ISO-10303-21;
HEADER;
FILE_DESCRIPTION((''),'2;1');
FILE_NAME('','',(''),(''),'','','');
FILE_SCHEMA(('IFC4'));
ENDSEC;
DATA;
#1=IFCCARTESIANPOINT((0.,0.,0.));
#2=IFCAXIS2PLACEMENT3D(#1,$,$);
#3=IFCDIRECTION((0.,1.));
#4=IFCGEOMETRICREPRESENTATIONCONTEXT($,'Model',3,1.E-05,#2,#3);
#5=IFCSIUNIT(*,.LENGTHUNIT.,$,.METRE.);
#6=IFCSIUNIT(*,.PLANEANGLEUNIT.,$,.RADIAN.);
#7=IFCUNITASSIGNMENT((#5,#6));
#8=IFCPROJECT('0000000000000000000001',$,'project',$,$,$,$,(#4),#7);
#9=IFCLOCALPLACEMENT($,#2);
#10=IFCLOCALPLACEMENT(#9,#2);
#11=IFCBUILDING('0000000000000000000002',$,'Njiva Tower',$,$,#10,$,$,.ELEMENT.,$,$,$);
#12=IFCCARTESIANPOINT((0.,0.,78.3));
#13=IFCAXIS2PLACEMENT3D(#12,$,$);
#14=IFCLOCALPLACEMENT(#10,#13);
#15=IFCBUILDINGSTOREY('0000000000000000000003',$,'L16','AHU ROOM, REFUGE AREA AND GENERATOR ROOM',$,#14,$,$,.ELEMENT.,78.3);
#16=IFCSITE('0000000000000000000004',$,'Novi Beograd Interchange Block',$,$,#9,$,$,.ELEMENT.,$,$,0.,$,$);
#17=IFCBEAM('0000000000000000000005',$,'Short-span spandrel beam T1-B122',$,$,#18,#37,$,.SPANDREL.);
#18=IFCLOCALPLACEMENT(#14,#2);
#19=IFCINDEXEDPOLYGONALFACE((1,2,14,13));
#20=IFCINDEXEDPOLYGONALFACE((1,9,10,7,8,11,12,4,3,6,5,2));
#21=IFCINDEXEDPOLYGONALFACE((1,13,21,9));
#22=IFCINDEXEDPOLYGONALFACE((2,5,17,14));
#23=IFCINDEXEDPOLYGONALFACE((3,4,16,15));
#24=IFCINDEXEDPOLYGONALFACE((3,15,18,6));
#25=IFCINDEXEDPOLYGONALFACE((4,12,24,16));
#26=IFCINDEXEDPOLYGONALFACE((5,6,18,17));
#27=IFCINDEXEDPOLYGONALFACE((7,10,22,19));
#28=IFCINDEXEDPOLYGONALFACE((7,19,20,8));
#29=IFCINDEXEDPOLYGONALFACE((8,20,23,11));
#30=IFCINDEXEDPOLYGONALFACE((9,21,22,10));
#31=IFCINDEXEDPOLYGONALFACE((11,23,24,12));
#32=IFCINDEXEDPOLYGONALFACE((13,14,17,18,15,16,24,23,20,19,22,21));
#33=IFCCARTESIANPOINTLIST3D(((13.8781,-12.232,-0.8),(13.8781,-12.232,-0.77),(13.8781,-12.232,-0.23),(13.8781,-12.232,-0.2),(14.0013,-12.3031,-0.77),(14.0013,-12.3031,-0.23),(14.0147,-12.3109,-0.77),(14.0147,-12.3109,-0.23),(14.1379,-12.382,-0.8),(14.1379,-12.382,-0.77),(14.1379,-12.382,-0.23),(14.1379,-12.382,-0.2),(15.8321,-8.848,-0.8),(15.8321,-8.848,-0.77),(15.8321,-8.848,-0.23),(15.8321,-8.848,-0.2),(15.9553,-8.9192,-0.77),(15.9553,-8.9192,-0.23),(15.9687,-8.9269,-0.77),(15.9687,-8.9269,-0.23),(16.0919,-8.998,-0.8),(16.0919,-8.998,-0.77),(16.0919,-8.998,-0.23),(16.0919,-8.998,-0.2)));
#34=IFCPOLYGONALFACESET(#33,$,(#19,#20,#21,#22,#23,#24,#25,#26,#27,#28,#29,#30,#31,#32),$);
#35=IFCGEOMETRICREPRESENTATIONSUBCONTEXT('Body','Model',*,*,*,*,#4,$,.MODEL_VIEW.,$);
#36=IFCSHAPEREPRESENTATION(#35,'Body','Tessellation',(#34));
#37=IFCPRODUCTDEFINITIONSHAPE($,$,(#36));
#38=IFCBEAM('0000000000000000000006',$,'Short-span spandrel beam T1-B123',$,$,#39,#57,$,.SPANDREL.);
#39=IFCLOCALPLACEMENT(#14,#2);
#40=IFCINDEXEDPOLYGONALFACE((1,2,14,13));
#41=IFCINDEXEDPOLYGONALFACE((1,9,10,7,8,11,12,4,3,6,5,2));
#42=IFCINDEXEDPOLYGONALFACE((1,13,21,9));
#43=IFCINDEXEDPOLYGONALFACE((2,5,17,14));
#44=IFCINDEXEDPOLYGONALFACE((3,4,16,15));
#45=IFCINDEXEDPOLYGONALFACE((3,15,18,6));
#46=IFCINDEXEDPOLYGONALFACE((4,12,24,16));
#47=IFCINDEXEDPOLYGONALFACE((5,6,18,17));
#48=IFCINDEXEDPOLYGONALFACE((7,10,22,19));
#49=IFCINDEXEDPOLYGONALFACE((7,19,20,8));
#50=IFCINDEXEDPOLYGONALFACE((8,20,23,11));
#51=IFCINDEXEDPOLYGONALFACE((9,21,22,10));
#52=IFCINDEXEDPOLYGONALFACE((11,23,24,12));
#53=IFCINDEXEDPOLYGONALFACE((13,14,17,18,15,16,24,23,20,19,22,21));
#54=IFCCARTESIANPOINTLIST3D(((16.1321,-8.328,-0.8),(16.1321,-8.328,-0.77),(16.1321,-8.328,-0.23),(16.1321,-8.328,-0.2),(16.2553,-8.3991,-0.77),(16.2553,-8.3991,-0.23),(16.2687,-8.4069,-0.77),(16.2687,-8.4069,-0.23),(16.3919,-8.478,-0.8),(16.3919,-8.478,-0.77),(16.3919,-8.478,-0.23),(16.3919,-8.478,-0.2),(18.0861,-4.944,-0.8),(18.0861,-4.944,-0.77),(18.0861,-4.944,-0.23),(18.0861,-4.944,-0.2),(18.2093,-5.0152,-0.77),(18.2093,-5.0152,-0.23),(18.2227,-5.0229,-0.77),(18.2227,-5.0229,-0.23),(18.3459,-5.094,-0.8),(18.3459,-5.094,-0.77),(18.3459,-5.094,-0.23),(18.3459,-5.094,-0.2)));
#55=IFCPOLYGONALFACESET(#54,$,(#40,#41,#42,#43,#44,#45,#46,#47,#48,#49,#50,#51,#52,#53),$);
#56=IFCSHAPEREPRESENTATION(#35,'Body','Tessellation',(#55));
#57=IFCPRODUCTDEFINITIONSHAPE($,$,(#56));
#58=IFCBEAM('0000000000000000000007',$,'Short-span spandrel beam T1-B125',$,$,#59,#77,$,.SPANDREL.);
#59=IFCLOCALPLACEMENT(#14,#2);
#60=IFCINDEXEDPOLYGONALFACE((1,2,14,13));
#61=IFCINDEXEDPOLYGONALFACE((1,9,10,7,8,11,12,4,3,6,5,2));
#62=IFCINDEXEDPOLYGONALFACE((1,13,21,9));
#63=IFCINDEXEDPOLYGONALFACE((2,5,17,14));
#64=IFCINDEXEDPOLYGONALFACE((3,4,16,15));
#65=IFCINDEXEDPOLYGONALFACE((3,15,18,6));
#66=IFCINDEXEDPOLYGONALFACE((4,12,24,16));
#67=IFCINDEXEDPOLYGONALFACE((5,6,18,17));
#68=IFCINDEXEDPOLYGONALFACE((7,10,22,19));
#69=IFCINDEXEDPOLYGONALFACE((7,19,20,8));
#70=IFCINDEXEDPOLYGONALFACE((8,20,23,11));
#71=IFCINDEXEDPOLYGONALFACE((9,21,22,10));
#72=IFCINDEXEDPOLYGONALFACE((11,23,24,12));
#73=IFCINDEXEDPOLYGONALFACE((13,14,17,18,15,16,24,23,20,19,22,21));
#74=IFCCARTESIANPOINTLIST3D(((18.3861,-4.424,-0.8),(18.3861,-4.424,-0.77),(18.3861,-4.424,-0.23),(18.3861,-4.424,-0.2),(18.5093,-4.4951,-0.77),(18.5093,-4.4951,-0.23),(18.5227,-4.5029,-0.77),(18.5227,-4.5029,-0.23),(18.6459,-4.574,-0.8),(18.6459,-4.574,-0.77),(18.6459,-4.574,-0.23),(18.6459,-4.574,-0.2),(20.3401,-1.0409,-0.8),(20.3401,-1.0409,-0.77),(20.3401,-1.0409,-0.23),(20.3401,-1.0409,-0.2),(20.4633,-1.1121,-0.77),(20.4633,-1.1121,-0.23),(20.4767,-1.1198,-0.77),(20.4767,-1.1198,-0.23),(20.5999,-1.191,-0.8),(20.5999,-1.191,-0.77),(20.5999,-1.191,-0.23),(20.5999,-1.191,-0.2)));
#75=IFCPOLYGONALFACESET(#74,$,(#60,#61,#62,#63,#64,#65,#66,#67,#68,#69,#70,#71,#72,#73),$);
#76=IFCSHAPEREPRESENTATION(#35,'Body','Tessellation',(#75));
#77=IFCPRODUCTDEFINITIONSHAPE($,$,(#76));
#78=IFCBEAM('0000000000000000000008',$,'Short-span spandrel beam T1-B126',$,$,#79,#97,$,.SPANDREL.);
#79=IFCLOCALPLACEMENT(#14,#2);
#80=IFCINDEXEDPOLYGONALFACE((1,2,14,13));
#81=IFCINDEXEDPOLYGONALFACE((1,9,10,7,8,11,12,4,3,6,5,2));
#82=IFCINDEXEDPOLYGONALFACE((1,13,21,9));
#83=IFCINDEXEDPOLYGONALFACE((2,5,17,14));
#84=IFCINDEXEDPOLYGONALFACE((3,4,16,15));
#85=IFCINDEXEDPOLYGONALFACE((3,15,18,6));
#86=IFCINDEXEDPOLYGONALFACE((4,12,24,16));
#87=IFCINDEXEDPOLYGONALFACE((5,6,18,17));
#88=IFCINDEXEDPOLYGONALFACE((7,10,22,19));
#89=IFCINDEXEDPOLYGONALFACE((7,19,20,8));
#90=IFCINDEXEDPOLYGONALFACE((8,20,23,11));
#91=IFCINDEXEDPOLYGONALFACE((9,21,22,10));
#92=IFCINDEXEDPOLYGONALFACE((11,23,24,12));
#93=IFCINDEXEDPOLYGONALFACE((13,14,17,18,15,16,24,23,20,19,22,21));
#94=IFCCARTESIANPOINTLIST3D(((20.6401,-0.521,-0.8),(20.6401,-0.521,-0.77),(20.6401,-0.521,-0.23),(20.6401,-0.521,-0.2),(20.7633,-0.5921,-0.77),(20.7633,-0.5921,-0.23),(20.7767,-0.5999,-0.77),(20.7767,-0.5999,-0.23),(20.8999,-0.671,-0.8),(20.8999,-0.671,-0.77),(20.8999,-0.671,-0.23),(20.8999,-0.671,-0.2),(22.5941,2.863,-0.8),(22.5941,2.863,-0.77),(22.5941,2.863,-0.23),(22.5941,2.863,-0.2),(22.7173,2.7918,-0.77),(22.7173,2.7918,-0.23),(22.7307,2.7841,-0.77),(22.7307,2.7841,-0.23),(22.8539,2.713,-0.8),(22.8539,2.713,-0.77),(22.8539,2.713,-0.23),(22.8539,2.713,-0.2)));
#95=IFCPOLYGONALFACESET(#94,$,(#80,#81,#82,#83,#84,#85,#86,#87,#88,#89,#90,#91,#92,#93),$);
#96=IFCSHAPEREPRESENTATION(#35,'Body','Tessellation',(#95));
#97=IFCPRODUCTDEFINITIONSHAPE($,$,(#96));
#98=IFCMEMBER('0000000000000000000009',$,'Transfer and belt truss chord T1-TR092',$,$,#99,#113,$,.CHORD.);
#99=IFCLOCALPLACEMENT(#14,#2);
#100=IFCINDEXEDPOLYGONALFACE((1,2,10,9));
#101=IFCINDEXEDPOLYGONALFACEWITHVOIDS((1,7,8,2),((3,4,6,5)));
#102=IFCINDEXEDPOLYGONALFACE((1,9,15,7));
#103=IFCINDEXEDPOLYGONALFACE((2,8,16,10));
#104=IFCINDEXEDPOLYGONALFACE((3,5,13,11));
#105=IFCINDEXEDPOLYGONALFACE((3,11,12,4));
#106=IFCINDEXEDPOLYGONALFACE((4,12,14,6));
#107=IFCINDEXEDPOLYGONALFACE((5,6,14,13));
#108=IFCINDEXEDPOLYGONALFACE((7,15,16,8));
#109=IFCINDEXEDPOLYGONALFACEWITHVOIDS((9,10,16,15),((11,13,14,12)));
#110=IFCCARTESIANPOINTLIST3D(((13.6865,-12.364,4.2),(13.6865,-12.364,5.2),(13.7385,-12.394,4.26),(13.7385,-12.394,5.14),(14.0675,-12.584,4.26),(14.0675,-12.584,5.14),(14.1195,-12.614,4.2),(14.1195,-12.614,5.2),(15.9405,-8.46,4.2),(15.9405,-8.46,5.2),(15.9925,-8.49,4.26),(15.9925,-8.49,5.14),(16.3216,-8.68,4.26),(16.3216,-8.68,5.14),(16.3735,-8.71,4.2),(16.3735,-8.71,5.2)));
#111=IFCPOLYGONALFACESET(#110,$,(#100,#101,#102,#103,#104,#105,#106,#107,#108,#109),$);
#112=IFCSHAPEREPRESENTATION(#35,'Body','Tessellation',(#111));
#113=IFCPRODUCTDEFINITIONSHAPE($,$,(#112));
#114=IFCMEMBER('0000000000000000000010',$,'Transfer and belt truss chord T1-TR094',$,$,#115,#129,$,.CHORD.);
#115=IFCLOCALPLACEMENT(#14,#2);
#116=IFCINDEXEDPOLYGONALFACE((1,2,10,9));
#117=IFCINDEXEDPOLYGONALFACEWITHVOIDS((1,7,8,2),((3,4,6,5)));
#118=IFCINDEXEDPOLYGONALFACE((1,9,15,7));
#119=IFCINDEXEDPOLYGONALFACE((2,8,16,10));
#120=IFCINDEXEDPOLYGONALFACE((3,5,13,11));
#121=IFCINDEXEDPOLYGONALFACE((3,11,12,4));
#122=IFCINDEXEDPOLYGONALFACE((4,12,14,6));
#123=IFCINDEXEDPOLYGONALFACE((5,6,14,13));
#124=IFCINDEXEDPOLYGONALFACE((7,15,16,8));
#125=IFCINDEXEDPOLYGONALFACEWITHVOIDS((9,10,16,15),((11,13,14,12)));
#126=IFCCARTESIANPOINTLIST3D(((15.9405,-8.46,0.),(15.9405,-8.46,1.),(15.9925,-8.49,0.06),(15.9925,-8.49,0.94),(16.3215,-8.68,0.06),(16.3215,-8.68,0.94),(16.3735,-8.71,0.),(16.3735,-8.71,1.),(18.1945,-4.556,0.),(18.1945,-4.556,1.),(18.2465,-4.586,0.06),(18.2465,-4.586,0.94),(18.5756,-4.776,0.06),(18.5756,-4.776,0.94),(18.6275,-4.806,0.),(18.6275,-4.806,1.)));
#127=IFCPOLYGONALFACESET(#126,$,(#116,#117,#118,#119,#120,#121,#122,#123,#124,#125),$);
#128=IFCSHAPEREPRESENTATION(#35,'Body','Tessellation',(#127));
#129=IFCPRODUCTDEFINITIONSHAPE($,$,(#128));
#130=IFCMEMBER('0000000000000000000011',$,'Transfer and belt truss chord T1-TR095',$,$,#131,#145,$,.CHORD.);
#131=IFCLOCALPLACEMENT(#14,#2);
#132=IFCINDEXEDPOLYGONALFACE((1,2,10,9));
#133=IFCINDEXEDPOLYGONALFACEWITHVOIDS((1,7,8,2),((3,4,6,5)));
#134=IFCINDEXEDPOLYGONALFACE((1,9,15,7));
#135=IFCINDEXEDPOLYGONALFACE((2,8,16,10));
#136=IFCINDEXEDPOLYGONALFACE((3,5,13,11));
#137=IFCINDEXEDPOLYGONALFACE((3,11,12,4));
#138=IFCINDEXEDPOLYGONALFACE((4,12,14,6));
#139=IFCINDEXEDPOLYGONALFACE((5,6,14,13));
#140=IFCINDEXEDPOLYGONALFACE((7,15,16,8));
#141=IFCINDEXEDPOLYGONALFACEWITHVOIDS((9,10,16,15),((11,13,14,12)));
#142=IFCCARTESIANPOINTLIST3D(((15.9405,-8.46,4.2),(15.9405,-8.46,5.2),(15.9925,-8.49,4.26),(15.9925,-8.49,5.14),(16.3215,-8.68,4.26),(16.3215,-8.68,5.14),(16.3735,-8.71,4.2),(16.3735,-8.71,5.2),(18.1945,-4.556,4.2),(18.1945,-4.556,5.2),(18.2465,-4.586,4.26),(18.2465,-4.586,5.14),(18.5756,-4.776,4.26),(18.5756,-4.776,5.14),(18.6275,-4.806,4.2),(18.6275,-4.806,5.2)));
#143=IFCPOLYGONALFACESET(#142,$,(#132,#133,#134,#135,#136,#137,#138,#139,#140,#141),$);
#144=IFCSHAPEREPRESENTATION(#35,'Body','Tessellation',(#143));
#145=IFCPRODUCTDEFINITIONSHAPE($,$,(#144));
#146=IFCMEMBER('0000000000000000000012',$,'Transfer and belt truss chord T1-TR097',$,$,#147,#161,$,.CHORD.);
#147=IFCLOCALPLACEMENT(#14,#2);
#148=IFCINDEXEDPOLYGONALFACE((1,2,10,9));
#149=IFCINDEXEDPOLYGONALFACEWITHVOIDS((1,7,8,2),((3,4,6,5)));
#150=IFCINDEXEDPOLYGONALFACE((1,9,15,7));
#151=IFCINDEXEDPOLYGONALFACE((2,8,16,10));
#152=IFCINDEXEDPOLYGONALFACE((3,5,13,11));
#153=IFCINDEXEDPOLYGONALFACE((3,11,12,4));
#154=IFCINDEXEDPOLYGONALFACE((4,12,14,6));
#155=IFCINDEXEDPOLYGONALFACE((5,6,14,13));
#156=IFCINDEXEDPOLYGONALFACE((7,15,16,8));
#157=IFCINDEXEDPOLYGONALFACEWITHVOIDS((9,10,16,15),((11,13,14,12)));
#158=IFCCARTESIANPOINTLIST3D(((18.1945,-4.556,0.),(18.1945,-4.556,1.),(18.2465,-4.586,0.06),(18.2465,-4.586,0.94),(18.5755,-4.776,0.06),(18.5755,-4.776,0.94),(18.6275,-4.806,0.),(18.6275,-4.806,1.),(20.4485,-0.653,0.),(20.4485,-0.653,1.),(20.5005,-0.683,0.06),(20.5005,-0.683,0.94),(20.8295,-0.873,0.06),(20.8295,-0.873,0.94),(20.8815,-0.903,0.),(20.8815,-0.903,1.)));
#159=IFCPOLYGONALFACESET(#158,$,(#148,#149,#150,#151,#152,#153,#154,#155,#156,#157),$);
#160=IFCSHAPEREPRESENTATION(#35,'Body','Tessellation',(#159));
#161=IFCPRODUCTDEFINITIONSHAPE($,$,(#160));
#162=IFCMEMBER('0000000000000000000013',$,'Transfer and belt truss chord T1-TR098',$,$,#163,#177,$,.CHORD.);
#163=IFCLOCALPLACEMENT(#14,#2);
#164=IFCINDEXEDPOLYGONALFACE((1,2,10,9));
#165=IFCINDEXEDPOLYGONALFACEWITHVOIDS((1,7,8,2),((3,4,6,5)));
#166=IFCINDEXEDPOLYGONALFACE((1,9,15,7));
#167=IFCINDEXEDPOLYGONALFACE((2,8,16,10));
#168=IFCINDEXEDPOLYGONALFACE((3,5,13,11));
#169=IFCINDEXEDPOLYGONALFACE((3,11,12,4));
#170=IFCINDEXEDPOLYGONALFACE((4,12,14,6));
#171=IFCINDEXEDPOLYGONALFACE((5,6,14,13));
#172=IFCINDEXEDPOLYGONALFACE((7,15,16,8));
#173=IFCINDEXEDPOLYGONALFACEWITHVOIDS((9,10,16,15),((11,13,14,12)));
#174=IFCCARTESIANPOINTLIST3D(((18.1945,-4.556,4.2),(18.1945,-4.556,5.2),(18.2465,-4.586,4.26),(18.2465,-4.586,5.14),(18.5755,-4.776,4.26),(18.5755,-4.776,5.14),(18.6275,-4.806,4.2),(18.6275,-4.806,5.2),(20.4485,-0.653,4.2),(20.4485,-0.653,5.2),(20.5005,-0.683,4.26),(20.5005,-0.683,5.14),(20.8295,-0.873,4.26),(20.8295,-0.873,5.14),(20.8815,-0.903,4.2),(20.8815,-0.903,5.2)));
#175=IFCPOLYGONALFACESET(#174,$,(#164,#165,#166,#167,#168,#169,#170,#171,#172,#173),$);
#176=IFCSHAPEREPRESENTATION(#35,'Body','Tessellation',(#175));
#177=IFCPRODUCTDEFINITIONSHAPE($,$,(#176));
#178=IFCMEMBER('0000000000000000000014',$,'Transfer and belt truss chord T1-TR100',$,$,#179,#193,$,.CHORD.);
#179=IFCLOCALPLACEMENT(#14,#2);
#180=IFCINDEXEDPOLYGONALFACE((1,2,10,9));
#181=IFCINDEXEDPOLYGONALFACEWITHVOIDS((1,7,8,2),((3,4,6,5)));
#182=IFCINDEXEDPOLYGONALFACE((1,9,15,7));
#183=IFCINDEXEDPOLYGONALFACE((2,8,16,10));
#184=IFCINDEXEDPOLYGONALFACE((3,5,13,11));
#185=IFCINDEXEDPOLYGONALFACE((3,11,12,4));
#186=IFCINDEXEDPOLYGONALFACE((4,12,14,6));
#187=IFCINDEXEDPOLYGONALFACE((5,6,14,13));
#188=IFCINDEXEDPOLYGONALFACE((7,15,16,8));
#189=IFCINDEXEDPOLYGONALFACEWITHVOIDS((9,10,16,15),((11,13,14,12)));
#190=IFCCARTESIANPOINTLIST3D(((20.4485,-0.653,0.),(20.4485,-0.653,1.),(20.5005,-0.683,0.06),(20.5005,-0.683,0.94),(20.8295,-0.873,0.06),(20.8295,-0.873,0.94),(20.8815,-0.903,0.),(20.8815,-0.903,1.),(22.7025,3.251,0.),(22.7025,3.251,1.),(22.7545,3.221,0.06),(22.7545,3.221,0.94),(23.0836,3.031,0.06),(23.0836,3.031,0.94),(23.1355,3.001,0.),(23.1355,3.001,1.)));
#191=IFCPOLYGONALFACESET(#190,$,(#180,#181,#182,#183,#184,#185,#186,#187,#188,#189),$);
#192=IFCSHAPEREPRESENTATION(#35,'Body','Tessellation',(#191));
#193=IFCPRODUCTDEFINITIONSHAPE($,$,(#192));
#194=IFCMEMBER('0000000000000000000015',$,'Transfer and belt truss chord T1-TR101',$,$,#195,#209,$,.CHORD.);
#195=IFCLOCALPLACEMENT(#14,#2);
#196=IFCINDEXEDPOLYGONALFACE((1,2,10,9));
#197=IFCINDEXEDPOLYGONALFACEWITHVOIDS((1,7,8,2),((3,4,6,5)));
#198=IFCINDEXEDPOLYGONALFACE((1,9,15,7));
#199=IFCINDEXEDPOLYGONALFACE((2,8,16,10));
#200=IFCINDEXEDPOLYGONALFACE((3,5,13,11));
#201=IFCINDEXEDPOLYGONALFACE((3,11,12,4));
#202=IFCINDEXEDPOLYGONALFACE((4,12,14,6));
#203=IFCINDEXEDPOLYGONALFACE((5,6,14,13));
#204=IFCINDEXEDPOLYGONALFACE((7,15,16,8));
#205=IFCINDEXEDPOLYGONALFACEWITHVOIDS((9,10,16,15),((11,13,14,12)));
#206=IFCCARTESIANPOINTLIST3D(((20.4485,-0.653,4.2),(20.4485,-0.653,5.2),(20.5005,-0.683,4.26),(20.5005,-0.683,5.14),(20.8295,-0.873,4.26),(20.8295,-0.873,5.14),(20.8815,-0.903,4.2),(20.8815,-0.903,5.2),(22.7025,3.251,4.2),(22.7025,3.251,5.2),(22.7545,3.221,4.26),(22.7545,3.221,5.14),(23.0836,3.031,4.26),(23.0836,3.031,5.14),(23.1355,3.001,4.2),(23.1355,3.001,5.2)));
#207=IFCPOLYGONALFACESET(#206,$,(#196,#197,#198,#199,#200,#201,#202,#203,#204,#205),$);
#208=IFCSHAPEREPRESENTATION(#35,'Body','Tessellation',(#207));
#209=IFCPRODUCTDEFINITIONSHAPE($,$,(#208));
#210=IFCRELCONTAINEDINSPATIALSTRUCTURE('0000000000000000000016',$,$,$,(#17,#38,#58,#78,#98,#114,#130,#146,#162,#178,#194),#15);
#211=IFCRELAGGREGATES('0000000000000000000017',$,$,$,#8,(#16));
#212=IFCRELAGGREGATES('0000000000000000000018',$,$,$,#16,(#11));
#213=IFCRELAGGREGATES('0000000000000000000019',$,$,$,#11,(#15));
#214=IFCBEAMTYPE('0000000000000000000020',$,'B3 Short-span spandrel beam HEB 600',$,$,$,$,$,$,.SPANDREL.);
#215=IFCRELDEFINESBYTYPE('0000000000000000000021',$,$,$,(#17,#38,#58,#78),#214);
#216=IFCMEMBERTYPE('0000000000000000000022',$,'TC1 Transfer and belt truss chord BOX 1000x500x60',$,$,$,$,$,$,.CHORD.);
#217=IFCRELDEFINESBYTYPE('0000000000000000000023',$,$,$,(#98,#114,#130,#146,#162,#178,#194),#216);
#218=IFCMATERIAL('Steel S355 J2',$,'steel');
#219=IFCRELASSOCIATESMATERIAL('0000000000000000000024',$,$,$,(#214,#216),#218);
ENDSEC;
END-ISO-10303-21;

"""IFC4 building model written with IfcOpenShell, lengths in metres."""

from ifc_helpers import new_model, si_unit, direction, frame, origin, origin_2d, place, context, subcontext, project, spatial, hollow_rectangle, i_section, extrude, material, material_profile, profile_set, type_object, element, save


model = new_model("IFC4")

# Units and contexts
model_context = context("Model", 3, precision=1e-05, world=origin(), true_north=direction((0.0, 1.0)))
body_context = subcontext(model_context, "Body", "Model", "MODEL_VIEW")
ifc_project = project(units=[si_unit("LENGTHUNIT", "METRE"), si_unit("PLANEANGLEUNIT", "RADIAN")], contexts=[model_context])

# Site, building, storey
site_placement = place(None, origin())
site = spatial("IfcSite", under=ifc_project, at=site_placement, Name="Novi Beograd Interchange Block", CompositionType="ELEMENT", RefElevation=0.0)
building_placement = place(site_placement, origin())
building = spatial("IfcBuilding", under=site, at=building_placement, Name="Njiva Tower", CompositionType="ELEMENT")
storey_placement = place(building_placement, frame((0.0, 0.0, 78.3)))
storey = spatial("IfcBuildingStorey", under=building, at=storey_placement, Name="L16", Description="AHU ROOM, REFUGE AREA AND GENERATOR ROOM", CompositionType="ELEMENT", Elevation=78.3)

# Shared definitions
ifc_material_1 = material(Name="Steel S355 J2", Category="steel")

# Beams
ifc_material_profile_1 = material_profile(ifc_material_1, i_section(OverallWidth=0.3, OverallDepth=0.6, WebThickness=0.0155, FlangeThickness=0.03, at=origin_2d()), Name="HEB 600")
ifc_profile_set_1 = profile_set([ifc_material_profile_1], Name="Steel S355 J2")
beam_type_1 = type_object("IfcBeamType", Name="B3 Short-span spandrel beam HEB 600", PredefinedType="SPANDREL", material=ifc_profile_set_1)
for number, where, z_axis, x_axis, name in (
    (1, (14.008, -12.307, -0.5), (0.500047, 0.865998, 0.0), (-0.865998, 0.500047, 0.0), "Short-span spandrel beam T1-B122"),
    (2, (16.262, -8.403, -0.5), (0.500047, 0.865998, 0.0), (-0.865998, 0.500047, 0.0), "Short-span spandrel beam T1-B123"),
):
    element("IfcBeam", number, at=place(storey_placement, frame(where, z_axis=z_axis, x_axis=x_axis)), inside=storey, type_object=beam_type_1, Name=name, PredefinedType="SPANDREL", context=body_context, shape_type="SweptSolid", body=[
        extrude(i_section(OverallWidth=0.3, OverallDepth=0.6, WebThickness=0.0155, FlangeThickness=0.03, at=origin_2d()), origin(), (0.0, 0.0, 1.0), 3.9076),
    ])
beam_1_placement = place(storey_placement, frame((18.516, -4.499, -0.5), z_axis=(0.500158, 0.865934, 0.0), x_axis=(-0.865934, 0.500158, 0.0)))
element("IfcBeam", 3, at=beam_1_placement, inside=storey, type_object=beam_type_1, Name="Short-span spandrel beam T1-B125", PredefinedType="SPANDREL", context=body_context, shape_type="SweptSolid", body=[
    extrude(i_section(OverallWidth=0.3, OverallDepth=0.6, WebThickness=0.0155, FlangeThickness=0.03, at=origin_2d()), origin(), (0.0, 0.0, 1.0), 3.9068),
])
beam_2_placement = place(storey_placement, frame((20.77, -0.596, -0.5), z_axis=(0.500047, 0.865998, 0.0), x_axis=(-0.865998, 0.500047, 0.0)))
element("IfcBeam", 4, at=beam_2_placement, inside=storey, type_object=beam_type_1, Name="Short-span spandrel beam T1-B126", PredefinedType="SPANDREL", context=body_context, shape_type="SweptSolid", body=[
    extrude(i_section(OverallWidth=0.3, OverallDepth=0.6, WebThickness=0.0155, FlangeThickness=0.03, at=origin_2d()), origin(), (0.0, 0.0, 1.0), 3.9076),
])

# Members
ifc_material_profile_2 = material_profile(ifc_material_1, hollow_rectangle(XDim=0.5, YDim=1.0, WallThickness=0.06, at=origin_2d()), Name="BOX 1000x500x60")
ifc_profile_set_2 = profile_set([ifc_material_profile_2], Name="Steel S355 J2")
member_type_1 = type_object("IfcMemberType", Name="TC1 Transfer and belt truss chord BOX 1000x500x60", PredefinedType="CHORD", material=ifc_profile_set_2)
for number, where, z_axis, x_axis, name in (
    (5, (13.903, -12.489, 4.7), (0.500004, 0.866023, 0.0), (-0.866023, 0.500004, 0.0), "Transfer and belt truss chord T1-TR092"),
    (6, (16.157, -8.585, 0.5), (0.500004, 0.866023, 0.0), (-0.866023, 0.500004, 0.0), "Transfer and belt truss chord T1-TR094"),
    (7, (16.157, -8.585, 4.7), (0.500004, 0.866023, 0.0), (-0.866023, 0.500004, 0.0), "Transfer and belt truss chord T1-TR095"),
):
    element("IfcMember", number, at=place(storey_placement, frame(where, z_axis=z_axis, x_axis=x_axis)), inside=storey, type_object=member_type_1, Name=name, PredefinedType="CHORD", context=body_context, shape_type="SweptSolid", body=[
        extrude(hollow_rectangle(XDim=0.5, YDim=1.0, WallThickness=0.06, at=origin_2d()), origin(), (0.0, 0.0, 1.0), 4.508),
    ])
for number, where, z_axis, x_axis, name in (
    (8, (18.411, -4.681, 0.5), (0.5001, 0.865968, 0.0), (-0.865968, 0.5001, 0.0), "Transfer and belt truss chord T1-TR097"),
    (9, (18.411, -4.681, 4.7), (0.5001, 0.865968, 0.0), (-0.865968, 0.5001, 0.0), "Transfer and belt truss chord T1-TR098"),
):
    element("IfcMember", number, at=place(storey_placement, frame(where, z_axis=z_axis, x_axis=x_axis)), inside=storey, type_object=member_type_1, Name=name, PredefinedType="CHORD", context=body_context, shape_type="SweptSolid", body=[
        extrude(hollow_rectangle(XDim=0.5, YDim=1.0, WallThickness=0.06, at=origin_2d()), origin(), (0.0, 0.0, 1.0), 4.5071),
    ])
for number, where, z_axis, x_axis, name in (
    (10, (20.665, -0.778, 0.5), (0.500004, 0.866023, 0.0), (-0.866023, 0.500004, 0.0), "Transfer and belt truss chord T1-TR100"),
    (11, (20.665, -0.778, 4.7), (0.500004, 0.866023, 0.0), (-0.866023, 0.500004, 0.0), "Transfer and belt truss chord T1-TR101"),
):
    element("IfcMember", number, at=place(storey_placement, frame(where, z_axis=z_axis, x_axis=x_axis)), inside=storey, type_object=member_type_1, Name=name, PredefinedType="CHORD", context=body_context, shape_type="SweptSolid", body=[
        extrude(hollow_rectangle(XDim=0.5, YDim=1.0, WallThickness=0.06, at=origin_2d()), origin(), (0.0, 0.0, 1.0), 4.508),
    ])

save(model, "model.ifc")
